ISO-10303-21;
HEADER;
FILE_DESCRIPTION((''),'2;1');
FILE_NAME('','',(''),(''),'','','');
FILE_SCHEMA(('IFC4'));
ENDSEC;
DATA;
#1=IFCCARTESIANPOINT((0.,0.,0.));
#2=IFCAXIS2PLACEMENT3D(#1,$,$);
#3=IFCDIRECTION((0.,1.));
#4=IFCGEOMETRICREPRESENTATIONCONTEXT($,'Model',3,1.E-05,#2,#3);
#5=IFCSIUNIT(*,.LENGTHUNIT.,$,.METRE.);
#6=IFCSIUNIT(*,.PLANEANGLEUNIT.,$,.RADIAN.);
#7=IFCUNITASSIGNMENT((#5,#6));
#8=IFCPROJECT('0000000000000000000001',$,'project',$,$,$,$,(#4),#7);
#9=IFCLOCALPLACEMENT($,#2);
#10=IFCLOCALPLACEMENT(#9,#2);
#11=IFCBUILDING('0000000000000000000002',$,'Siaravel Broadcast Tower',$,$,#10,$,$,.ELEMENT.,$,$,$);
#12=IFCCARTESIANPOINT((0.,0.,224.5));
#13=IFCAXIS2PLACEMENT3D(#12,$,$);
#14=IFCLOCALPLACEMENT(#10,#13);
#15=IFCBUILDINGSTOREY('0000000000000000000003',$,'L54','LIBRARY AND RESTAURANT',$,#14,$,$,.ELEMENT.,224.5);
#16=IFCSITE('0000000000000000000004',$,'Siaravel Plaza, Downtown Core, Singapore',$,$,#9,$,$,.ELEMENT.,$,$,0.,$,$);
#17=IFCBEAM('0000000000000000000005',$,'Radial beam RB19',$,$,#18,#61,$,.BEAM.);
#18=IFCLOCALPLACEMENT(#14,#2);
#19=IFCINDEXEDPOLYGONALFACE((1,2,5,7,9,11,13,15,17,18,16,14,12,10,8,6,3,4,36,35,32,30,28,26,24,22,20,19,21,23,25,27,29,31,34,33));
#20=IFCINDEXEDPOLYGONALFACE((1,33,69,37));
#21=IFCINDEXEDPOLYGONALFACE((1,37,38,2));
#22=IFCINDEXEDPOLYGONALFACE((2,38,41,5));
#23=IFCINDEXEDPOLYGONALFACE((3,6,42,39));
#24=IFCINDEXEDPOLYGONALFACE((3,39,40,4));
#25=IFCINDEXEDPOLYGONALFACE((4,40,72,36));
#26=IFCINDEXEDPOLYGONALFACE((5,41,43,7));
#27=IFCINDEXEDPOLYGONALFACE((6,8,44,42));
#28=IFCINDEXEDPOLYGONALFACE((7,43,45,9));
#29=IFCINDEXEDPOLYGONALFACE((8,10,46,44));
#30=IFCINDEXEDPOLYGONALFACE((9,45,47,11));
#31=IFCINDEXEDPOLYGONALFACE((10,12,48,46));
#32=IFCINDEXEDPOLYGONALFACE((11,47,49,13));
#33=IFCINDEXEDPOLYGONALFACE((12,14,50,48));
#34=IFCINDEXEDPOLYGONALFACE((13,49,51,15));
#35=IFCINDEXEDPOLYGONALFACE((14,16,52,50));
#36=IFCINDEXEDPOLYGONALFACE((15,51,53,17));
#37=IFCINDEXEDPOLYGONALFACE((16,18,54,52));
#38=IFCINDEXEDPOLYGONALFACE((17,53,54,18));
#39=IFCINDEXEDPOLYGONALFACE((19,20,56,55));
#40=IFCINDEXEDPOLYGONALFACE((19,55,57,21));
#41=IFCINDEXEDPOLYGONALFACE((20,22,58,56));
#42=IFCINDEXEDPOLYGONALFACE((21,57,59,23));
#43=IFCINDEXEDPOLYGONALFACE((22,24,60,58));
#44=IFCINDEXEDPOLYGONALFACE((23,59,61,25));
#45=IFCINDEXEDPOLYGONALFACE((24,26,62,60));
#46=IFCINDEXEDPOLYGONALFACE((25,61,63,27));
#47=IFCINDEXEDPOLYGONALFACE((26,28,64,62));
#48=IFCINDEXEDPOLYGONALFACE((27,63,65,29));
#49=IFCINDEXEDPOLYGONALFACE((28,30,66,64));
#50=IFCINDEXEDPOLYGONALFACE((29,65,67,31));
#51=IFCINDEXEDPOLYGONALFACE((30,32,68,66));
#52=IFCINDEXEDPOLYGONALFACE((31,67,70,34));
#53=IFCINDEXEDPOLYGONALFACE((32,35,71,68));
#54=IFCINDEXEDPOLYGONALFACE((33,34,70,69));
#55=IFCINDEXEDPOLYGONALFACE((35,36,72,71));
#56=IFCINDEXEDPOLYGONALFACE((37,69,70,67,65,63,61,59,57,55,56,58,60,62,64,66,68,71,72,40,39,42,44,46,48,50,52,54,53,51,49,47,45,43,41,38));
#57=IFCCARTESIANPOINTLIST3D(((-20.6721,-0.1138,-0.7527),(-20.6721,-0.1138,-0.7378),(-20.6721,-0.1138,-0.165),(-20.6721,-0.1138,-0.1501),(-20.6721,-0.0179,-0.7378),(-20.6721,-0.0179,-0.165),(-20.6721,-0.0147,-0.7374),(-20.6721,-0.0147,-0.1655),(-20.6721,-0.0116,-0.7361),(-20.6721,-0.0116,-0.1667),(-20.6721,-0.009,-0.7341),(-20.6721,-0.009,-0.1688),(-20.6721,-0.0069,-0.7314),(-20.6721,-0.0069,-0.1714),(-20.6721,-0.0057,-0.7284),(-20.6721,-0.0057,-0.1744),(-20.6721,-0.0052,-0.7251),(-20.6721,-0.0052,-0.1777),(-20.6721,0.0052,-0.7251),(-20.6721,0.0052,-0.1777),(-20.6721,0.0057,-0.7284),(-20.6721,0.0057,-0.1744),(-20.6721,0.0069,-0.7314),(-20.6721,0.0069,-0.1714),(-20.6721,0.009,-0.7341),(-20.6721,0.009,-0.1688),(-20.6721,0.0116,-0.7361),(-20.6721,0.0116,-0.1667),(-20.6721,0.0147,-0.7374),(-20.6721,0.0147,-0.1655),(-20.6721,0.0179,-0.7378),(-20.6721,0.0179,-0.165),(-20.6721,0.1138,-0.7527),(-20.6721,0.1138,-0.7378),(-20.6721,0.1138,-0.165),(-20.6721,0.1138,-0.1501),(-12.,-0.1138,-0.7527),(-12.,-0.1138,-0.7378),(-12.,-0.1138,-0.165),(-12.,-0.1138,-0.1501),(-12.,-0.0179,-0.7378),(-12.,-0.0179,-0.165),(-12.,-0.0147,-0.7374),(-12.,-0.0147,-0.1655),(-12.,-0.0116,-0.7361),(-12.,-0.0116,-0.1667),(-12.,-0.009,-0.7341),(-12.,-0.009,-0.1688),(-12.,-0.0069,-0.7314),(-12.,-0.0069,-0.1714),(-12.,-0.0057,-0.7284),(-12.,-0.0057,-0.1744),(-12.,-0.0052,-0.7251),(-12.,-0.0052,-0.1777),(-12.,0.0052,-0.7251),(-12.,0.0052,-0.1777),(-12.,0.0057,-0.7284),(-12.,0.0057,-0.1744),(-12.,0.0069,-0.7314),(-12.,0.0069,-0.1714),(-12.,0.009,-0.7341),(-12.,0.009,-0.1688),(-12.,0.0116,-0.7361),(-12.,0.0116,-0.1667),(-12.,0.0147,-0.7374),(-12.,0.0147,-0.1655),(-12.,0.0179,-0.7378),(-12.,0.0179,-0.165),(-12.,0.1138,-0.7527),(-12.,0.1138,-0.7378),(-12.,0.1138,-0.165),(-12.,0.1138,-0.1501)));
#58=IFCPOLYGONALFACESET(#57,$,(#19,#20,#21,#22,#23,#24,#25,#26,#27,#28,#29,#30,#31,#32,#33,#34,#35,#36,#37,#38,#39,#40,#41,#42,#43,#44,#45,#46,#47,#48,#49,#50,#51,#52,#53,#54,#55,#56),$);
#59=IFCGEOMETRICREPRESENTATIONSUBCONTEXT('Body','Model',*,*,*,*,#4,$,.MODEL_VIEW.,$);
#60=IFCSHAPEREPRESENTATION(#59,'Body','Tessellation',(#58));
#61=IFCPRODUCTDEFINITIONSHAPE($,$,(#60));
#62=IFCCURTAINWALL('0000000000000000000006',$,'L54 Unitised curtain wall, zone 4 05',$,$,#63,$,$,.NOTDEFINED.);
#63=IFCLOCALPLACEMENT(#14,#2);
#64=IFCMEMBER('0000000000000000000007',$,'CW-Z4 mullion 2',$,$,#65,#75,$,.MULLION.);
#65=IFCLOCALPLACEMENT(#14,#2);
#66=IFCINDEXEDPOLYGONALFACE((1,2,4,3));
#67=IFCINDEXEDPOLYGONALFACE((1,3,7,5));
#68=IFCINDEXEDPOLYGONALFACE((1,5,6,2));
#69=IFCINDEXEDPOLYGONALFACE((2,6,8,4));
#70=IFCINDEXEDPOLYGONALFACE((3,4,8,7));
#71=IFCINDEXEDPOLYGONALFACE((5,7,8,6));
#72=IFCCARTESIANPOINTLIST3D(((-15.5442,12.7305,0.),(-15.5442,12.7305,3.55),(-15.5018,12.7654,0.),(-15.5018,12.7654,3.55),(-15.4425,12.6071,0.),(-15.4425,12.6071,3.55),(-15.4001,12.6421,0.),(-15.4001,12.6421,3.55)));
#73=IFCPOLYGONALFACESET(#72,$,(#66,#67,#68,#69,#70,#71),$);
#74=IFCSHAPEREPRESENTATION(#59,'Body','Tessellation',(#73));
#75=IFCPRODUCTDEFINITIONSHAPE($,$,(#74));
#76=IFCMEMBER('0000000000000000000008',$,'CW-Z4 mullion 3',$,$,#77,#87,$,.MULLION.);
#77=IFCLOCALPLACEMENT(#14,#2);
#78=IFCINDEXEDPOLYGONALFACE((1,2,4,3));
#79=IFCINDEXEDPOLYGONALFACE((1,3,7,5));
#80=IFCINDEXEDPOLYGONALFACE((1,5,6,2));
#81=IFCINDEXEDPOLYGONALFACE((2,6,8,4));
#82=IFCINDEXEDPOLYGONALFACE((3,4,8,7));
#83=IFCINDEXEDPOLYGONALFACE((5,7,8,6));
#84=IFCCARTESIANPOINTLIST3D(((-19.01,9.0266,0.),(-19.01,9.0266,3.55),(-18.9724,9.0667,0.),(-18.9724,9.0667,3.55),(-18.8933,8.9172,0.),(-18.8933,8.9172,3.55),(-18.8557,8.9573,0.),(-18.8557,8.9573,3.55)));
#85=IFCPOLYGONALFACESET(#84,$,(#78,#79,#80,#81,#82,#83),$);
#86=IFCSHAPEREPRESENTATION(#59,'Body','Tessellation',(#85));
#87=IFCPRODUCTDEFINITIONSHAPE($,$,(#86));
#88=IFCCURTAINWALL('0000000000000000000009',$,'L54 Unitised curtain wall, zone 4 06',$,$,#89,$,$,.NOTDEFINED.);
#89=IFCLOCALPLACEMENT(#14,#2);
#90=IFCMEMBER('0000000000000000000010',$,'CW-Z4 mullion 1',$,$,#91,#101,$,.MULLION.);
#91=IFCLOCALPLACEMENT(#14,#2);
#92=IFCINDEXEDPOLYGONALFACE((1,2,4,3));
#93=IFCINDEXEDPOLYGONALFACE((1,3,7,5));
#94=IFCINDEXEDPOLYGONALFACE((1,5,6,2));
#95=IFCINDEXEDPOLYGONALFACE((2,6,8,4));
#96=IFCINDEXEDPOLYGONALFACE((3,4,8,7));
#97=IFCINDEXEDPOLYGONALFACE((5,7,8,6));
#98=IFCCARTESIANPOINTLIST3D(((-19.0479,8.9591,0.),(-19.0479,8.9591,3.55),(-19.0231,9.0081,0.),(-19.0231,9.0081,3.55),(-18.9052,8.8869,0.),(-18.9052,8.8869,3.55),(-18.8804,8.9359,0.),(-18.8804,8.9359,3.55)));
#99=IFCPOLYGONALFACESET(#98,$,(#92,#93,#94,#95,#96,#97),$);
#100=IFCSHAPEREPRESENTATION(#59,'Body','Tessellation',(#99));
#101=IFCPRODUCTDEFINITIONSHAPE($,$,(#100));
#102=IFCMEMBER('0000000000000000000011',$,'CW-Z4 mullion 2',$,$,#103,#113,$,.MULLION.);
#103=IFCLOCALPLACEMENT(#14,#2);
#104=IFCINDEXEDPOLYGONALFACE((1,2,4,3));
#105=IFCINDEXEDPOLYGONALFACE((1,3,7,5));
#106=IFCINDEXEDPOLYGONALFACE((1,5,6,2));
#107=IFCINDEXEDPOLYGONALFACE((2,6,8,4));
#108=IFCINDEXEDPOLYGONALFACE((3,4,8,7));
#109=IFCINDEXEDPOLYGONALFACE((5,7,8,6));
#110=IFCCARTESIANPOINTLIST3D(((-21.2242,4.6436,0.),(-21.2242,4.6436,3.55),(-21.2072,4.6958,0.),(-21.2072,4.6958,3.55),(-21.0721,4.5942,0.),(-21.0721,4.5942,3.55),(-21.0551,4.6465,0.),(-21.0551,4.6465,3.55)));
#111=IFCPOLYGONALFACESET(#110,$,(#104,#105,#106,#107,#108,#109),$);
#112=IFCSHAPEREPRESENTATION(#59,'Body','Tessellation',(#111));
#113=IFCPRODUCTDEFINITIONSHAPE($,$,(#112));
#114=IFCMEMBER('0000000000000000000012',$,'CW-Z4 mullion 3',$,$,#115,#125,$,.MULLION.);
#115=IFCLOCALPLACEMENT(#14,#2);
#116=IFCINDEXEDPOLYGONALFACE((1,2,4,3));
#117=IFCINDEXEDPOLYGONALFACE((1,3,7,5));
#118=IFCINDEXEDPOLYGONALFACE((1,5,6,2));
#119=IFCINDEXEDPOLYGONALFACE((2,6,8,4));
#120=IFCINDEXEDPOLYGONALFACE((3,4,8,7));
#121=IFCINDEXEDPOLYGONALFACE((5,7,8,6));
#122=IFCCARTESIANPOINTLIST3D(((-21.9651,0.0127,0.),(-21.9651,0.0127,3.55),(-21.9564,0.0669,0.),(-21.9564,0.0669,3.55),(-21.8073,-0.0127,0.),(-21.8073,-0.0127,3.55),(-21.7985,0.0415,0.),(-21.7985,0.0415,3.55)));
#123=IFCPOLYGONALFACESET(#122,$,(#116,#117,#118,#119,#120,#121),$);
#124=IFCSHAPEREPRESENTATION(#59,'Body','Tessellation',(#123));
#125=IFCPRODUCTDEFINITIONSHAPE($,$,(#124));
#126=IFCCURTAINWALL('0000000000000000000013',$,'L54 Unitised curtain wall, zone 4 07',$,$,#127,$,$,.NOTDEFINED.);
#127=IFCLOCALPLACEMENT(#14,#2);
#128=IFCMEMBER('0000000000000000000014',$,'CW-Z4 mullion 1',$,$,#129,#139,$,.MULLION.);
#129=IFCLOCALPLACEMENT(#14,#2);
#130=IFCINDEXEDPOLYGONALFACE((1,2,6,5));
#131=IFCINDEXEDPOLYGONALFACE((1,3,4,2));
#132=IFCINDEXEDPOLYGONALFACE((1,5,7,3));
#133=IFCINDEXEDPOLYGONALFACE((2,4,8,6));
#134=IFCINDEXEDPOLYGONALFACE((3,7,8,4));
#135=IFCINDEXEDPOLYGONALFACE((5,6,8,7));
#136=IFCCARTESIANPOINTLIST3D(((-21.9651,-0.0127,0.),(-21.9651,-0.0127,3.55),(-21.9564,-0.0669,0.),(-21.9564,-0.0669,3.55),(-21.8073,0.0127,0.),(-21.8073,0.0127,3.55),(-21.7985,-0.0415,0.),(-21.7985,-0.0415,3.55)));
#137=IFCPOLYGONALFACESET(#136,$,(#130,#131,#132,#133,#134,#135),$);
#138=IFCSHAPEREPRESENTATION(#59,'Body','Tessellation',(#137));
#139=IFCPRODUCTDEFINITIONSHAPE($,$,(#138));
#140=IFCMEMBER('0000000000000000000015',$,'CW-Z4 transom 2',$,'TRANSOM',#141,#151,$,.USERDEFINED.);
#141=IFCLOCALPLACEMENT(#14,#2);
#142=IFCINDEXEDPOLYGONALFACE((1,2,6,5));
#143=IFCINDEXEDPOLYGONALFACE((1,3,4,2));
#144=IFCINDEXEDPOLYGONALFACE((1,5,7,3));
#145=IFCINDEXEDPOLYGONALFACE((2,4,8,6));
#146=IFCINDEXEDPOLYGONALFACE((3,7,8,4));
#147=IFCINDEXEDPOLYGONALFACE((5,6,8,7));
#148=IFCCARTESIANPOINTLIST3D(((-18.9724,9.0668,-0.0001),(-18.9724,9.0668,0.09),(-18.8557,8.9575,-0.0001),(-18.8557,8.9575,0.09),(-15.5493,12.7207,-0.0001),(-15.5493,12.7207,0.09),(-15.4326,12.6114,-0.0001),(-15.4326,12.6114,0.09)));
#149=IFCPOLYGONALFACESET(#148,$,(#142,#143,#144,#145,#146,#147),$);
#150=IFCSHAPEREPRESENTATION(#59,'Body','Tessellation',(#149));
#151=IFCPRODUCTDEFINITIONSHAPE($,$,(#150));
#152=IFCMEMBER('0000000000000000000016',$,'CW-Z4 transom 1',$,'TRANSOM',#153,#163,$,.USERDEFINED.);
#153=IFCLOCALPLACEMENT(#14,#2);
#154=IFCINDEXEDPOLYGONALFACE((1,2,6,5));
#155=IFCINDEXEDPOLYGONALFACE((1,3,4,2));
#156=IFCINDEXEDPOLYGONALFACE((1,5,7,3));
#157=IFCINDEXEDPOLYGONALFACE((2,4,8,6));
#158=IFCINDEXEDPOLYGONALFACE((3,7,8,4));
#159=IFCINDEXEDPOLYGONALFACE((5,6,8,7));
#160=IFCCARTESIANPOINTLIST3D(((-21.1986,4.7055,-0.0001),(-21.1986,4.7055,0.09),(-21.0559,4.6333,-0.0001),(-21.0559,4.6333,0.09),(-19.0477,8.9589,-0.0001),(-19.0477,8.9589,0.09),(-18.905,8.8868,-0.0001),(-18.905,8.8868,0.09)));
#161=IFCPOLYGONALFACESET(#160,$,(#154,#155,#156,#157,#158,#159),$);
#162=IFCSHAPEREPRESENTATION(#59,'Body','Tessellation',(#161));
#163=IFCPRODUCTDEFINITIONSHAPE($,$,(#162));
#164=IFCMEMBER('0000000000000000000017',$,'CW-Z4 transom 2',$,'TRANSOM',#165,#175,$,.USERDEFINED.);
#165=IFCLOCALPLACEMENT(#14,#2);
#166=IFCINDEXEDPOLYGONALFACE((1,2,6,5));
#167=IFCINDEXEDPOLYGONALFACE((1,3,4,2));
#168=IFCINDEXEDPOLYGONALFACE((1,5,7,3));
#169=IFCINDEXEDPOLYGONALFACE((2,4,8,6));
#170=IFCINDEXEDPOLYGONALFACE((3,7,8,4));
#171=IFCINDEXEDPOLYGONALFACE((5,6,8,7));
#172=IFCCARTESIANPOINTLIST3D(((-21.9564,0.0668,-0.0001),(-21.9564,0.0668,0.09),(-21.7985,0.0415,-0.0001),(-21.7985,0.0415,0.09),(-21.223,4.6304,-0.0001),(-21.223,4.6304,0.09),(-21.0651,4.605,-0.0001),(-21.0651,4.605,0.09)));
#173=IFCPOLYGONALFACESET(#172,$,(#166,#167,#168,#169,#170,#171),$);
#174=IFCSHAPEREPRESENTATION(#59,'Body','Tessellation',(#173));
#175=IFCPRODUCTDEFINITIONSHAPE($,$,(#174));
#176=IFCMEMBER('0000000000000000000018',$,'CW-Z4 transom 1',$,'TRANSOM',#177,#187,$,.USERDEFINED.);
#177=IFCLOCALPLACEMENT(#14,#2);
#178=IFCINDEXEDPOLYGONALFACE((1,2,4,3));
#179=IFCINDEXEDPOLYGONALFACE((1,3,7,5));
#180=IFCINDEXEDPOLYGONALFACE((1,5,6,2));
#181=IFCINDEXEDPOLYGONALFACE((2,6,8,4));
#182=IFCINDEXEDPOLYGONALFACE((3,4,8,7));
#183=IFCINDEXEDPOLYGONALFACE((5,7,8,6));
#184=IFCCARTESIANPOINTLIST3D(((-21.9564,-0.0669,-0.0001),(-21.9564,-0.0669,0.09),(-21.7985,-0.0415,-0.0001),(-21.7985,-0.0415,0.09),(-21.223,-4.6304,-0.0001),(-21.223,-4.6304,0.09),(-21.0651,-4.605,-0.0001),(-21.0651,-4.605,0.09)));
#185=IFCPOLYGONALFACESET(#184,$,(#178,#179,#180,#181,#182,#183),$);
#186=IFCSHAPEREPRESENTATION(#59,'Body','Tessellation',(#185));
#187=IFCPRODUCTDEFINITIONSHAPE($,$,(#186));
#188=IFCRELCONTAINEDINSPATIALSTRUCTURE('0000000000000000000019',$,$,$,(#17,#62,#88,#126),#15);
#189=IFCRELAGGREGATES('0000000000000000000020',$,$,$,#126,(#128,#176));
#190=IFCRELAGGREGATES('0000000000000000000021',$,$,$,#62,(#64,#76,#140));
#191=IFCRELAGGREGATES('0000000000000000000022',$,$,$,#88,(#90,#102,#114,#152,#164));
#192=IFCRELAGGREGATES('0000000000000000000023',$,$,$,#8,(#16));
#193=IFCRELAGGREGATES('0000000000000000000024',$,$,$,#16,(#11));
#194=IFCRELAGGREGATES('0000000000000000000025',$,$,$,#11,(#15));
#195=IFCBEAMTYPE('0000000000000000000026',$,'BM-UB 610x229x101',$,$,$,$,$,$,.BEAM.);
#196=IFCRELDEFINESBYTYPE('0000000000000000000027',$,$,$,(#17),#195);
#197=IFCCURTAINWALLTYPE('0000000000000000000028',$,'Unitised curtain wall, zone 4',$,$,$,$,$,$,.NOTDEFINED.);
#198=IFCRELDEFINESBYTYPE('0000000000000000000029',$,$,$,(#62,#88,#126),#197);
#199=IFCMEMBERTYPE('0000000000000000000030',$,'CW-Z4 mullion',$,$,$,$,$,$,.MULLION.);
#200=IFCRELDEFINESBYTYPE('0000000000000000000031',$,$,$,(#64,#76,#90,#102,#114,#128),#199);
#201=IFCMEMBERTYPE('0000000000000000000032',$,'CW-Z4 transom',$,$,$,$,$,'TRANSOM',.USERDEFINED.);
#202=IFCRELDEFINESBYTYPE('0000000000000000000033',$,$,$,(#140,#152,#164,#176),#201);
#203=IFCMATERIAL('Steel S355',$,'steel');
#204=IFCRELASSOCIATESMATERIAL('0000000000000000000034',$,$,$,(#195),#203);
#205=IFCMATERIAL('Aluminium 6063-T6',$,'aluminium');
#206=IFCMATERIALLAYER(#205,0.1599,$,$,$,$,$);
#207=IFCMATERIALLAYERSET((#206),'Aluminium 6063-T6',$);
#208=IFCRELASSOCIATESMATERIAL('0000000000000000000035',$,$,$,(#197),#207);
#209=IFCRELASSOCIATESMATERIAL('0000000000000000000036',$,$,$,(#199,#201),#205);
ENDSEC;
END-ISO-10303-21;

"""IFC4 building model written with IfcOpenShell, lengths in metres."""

from ifc_helpers import new_model, si_unit, direction, frame, origin, origin_2d, place, context, subcontext, project, spatial, rectangle, i_section, extrude, material, layer, layer_set, material_profile, profile_set, type_object, element, aggregate, save


model = new_model("IFC4")

# Units and contexts
model_context = context("Model", 3, precision=1e-05, world=origin(), true_north=direction((0.0, 1.0)))
body_context = subcontext(model_context, "Body", "Model", "MODEL_VIEW")
ifc_project = project(units=[si_unit("LENGTHUNIT", "METRE"), si_unit("PLANEANGLEUNIT", "RADIAN")], contexts=[model_context])

# Site, building, storey
site_placement = place(None, origin())
site = spatial("IfcSite", under=ifc_project, at=site_placement, Name="Siaravel Plaza, Downtown Core, Singapore", CompositionType="ELEMENT", RefElevation=0.0)
building_placement = place(site_placement, origin())
building = spatial("IfcBuilding", under=site, at=building_placement, Name="Siaravel Broadcast Tower", CompositionType="ELEMENT")
storey_placement = place(building_placement, frame((0.0, 0.0, 224.5)))
storey = spatial("IfcBuildingStorey", under=building, at=storey_placement, Name="L54", Description="LIBRARY AND RESTAURANT", CompositionType="ELEMENT", Elevation=224.5)

# Beam
ifc_material_1 = material(Name="Steel S355", Category="steel")
ifc_material_profile_1 = material_profile(ifc_material_1, i_section(OverallWidth=0.2275, OverallDepth=0.6025, WebThickness=0.0105, FlangeThickness=0.0149, FilletRadius=0.0127, at=origin_2d()))
ifc_profile_set_1 = profile_set([ifc_material_profile_1], Name="Steel S355")
beam_type = type_object("IfcBeamType", Name="BM-UB 610x229x101", PredefinedType="BEAM", material=ifc_profile_set_1)
beam_1_placement = place(storey_placement, frame((-20.6721, 0.0, -0.4514), z_axis=(1.0, 0.0, 0.0), x_axis=(0.0, 1.0, 0.0)))
element("IfcBeam", 1, at=beam_1_placement, inside=storey, type_object=beam_type, Name="Radial beam RB19", PredefinedType="BEAM", context=body_context, shape_type="SweptSolid", body=[
    extrude(i_section(OverallWidth=0.2275, OverallDepth=0.6025, WebThickness=0.0105, FlangeThickness=0.0149, FilletRadius=0.0127, at=origin_2d()), origin(), (0.0, 0.0, 1.0), 8.6721),
])

# Curtain walls, members
ifc_material_2 = material(Name="Aluminium 6063-T6", Category="aluminium")
ifc_layer_1 = layer(ifc_material_2, 0.1599)
ifc_layer_set_1 = layer_set([ifc_layer_1], Name="Aluminium 6063-T6")
curtain_wall_type = type_object("IfcCurtainWallType", Name="Unitised curtain wall, zone 4", PredefinedType="NOTDEFINED", material=ifc_layer_set_1)
curtain_wall_1_placement = place(storey_placement, origin())
curtain_wall_1 = element("IfcCurtainWall", 2, at=curtain_wall_1_placement, inside=storey, type_object=curtain_wall_type, Name="L54 Unitised curtain wall, zone 4 05", PredefinedType="NOTDEFINED")
ifc_material_profile_2 = material_profile(ifc_material_2, rectangle(XDim=0.1599, YDim=0.0549, at=origin_2d()))
ifc_profile_set_2 = profile_set([ifc_material_profile_2], Name="Aluminium 6063-T6")
member_type_1 = type_object("IfcMemberType", Name="CW-Z4 mullion", PredefinedType="MULLION", material=ifc_profile_set_2)
member_1_placement = place(storey_placement, frame((-15.4722, 12.6863, 0.0), z_axis=(0.0, 0.0, 1.0), x_axis=(0.63622, -0.771508, 0.0)))
member_1 = element("IfcMember", 3, at=member_1_placement, type_object=member_type_1, Name="CW-Z4 mullion 2", PredefinedType="MULLION", context=body_context, shape_type="SweptSolid", body=[
    extrude(rectangle(XDim=0.1599, YDim=0.0549, at=origin_2d()), origin(), (0.0, 0.0, 1.0), 3.55),
])
member_2_placement = place(storey_placement, frame((-18.9329, 8.9919, 0.0), z_axis=(0.0, 0.0, 1.0), x_axis=(0.729806, -0.683654, 0.0)))
member_2 = element("IfcMember", 4, at=member_2_placement, type_object=member_type_1, Name="CW-Z4 mullion 3", PredefinedType="MULLION", context=body_context, shape_type="SweptSolid", body=[
    extrude(rectangle(XDim=0.1599, YDim=0.0549, at=origin_2d()), origin(), (0.0, 0.0, 1.0), 3.55),
])
curtain_wall_2_placement = place(storey_placement, origin())
curtain_wall_2 = element("IfcCurtainWall", 5, at=curtain_wall_2_placement, inside=storey, type_object=curtain_wall_type, Name="L54 Unitised curtain wall, zone 4 06", PredefinedType="NOTDEFINED")
member_3_placement = place(storey_placement, frame((-18.9641, 8.9475, 0.0), z_axis=(0.0, 0.0, 1.0), x_axis=(0.892393, -0.45126, 0.0)))
member_3 = element("IfcMember", 6, at=member_3_placement, type_object=member_type_1, Name="CW-Z4 mullion 1", PredefinedType="MULLION", context=body_context, shape_type="SweptSolid", body=[
    extrude(rectangle(XDim=0.1599, YDim=0.0549, at=origin_2d()), origin(), (0.0, 0.0, 1.0), 3.55),
])
member_4_placement = place(storey_placement, frame((-21.1396, 4.645, 0.0), z_axis=(0.0, 0.0, 1.0), x_axis=(0.951178, -0.308644, 0.0)))
member_4 = element("IfcMember", 7, at=member_4_placement, type_object=member_type_1, Name="CW-Z4 mullion 2", PredefinedType="MULLION", context=body_context, shape_type="SweptSolid", body=[
    extrude(rectangle(XDim=0.1599, YDim=0.0549, at=origin_2d()), origin(), (0.0, 0.0, 1.0), 3.55),
])
member_5_placement = place(storey_placement, frame((-21.8818, 0.0271, 0.0), z_axis=(0.0, 0.0, 1.0), x_axis=(0.987329, -0.158685, 0.0)))
member_5 = element("IfcMember", 8, at=member_5_placement, type_object=member_type_1, Name="CW-Z4 mullion 3", PredefinedType="MULLION", context=body_context, shape_type="SweptSolid", body=[
    extrude(rectangle(XDim=0.1599, YDim=0.0549, at=origin_2d()), origin(), (0.0, 0.0, 1.0), 3.55),
])

# Curtain wall, member
curtain_wall_3_placement = place(storey_placement, origin())
curtain_wall_3 = element("IfcCurtainWall", 9, at=curtain_wall_3_placement, inside=storey, type_object=curtain_wall_type, Name="L54 Unitised curtain wall, zone 4 07", PredefinedType="NOTDEFINED")
member_6_placement = place(storey_placement, frame((-21.8818, -0.0271, 0.0), z_axis=(0.0, 0.0, 1.0), x_axis=(0.987329, 0.158685, 0.0)))
member_6 = element("IfcMember", 10, at=member_6_placement, type_object=member_type_1, Name="CW-Z4 mullion 1", PredefinedType="MULLION", context=body_context, shape_type="SweptSolid", body=[
    extrude(rectangle(XDim=0.1599, YDim=0.0549, at=origin_2d()), origin(), (0.0, 0.0, 1.0), 3.55),
])

# Members
ifc_material_profile_3 = material_profile(ifc_material_2, rectangle(XDim=0.1599, YDim=0.0901, at=origin_2d()))
ifc_profile_set_3 = profile_set([ifc_material_profile_3], Name="Aluminium 6063-T6")
member_type_2 = type_object("IfcMemberType", Name="CW-Z4 transom", ElementType="TRANSOM", PredefinedType="USERDEFINED", material=ifc_profile_set_3)
member_7_placement = place(storey_placement, frame((-15.491, 12.666, 0.0449), z_axis=(-0.683691, -0.729771, 0.0), x_axis=(0.729771, -0.683691, 0.0)))
member_7 = element("IfcMember", 11, at=member_7_placement, type_object=member_type_2, Name="CW-Z4 transom 2", ObjectType="TRANSOM", PredefinedType="USERDEFINED", context=body_context, shape_type="SweptSolid", body=[
    extrude(rectangle(XDim=0.1599, YDim=0.0901, at=origin_2d()), origin(), (0.0, 0.0, 1.0), 5.0068),
])
member_8_placement = place(storey_placement, frame((-18.9763, 8.9229, 0.0449), z_axis=(-0.451266, -0.89239, 0.0), x_axis=(0.89239, -0.451266, 0.0)))
member_8 = element("IfcMember", 12, at=member_8_placement, type_object=member_type_2, Name="CW-Z4 transom 1", ObjectType="TRANSOM", PredefinedType="USERDEFINED", context=body_context, shape_type="SweptSolid", body=[
    extrude(rectangle(XDim=0.1599, YDim=0.0901, at=origin_2d()), origin(), (0.0, 0.0, 1.0), 4.7664),
])
member_9_placement = place(storey_placement, frame((-21.144, 4.6177, 0.0449), z_axis=(-0.158674, -0.987331, 0.0), x_axis=(0.987331, -0.158674, 0.0)))
member_9 = element("IfcMember", 13, at=member_9_placement, type_object=member_type_2, Name="CW-Z4 transom 2", ObjectType="TRANSOM", PredefinedType="USERDEFINED", context=body_context, shape_type="SweptSolid", body=[
    extrude(rectangle(XDim=0.1599, YDim=0.0901, at=origin_2d()), origin(), (0.0, 0.0, 1.0), 4.6221),
])
member_10_placement = place(storey_placement, frame((-21.8774, -0.0542, 0.0449), z_axis=(0.158674, -0.987331, 0.0), x_axis=(0.987331, 0.158674, 0.0)))
member_10 = element("IfcMember", 14, at=member_10_placement, type_object=member_type_2, Name="CW-Z4 transom 1", ObjectType="TRANSOM", PredefinedType="USERDEFINED", context=body_context, shape_type="SweptSolid", body=[
    extrude(rectangle(XDim=0.1599, YDim=0.0901, at=origin_2d()), origin(), (0.0, 0.0, 1.0), 4.6221),
])
aggregate(curtain_wall_3, [member_6, member_10])

aggregate(curtain_wall_1, [member_1, member_2, member_7])
aggregate(curtain_wall_2, [member_3, member_4, member_5, member_8, member_9])

save(model, "model.ifc")
